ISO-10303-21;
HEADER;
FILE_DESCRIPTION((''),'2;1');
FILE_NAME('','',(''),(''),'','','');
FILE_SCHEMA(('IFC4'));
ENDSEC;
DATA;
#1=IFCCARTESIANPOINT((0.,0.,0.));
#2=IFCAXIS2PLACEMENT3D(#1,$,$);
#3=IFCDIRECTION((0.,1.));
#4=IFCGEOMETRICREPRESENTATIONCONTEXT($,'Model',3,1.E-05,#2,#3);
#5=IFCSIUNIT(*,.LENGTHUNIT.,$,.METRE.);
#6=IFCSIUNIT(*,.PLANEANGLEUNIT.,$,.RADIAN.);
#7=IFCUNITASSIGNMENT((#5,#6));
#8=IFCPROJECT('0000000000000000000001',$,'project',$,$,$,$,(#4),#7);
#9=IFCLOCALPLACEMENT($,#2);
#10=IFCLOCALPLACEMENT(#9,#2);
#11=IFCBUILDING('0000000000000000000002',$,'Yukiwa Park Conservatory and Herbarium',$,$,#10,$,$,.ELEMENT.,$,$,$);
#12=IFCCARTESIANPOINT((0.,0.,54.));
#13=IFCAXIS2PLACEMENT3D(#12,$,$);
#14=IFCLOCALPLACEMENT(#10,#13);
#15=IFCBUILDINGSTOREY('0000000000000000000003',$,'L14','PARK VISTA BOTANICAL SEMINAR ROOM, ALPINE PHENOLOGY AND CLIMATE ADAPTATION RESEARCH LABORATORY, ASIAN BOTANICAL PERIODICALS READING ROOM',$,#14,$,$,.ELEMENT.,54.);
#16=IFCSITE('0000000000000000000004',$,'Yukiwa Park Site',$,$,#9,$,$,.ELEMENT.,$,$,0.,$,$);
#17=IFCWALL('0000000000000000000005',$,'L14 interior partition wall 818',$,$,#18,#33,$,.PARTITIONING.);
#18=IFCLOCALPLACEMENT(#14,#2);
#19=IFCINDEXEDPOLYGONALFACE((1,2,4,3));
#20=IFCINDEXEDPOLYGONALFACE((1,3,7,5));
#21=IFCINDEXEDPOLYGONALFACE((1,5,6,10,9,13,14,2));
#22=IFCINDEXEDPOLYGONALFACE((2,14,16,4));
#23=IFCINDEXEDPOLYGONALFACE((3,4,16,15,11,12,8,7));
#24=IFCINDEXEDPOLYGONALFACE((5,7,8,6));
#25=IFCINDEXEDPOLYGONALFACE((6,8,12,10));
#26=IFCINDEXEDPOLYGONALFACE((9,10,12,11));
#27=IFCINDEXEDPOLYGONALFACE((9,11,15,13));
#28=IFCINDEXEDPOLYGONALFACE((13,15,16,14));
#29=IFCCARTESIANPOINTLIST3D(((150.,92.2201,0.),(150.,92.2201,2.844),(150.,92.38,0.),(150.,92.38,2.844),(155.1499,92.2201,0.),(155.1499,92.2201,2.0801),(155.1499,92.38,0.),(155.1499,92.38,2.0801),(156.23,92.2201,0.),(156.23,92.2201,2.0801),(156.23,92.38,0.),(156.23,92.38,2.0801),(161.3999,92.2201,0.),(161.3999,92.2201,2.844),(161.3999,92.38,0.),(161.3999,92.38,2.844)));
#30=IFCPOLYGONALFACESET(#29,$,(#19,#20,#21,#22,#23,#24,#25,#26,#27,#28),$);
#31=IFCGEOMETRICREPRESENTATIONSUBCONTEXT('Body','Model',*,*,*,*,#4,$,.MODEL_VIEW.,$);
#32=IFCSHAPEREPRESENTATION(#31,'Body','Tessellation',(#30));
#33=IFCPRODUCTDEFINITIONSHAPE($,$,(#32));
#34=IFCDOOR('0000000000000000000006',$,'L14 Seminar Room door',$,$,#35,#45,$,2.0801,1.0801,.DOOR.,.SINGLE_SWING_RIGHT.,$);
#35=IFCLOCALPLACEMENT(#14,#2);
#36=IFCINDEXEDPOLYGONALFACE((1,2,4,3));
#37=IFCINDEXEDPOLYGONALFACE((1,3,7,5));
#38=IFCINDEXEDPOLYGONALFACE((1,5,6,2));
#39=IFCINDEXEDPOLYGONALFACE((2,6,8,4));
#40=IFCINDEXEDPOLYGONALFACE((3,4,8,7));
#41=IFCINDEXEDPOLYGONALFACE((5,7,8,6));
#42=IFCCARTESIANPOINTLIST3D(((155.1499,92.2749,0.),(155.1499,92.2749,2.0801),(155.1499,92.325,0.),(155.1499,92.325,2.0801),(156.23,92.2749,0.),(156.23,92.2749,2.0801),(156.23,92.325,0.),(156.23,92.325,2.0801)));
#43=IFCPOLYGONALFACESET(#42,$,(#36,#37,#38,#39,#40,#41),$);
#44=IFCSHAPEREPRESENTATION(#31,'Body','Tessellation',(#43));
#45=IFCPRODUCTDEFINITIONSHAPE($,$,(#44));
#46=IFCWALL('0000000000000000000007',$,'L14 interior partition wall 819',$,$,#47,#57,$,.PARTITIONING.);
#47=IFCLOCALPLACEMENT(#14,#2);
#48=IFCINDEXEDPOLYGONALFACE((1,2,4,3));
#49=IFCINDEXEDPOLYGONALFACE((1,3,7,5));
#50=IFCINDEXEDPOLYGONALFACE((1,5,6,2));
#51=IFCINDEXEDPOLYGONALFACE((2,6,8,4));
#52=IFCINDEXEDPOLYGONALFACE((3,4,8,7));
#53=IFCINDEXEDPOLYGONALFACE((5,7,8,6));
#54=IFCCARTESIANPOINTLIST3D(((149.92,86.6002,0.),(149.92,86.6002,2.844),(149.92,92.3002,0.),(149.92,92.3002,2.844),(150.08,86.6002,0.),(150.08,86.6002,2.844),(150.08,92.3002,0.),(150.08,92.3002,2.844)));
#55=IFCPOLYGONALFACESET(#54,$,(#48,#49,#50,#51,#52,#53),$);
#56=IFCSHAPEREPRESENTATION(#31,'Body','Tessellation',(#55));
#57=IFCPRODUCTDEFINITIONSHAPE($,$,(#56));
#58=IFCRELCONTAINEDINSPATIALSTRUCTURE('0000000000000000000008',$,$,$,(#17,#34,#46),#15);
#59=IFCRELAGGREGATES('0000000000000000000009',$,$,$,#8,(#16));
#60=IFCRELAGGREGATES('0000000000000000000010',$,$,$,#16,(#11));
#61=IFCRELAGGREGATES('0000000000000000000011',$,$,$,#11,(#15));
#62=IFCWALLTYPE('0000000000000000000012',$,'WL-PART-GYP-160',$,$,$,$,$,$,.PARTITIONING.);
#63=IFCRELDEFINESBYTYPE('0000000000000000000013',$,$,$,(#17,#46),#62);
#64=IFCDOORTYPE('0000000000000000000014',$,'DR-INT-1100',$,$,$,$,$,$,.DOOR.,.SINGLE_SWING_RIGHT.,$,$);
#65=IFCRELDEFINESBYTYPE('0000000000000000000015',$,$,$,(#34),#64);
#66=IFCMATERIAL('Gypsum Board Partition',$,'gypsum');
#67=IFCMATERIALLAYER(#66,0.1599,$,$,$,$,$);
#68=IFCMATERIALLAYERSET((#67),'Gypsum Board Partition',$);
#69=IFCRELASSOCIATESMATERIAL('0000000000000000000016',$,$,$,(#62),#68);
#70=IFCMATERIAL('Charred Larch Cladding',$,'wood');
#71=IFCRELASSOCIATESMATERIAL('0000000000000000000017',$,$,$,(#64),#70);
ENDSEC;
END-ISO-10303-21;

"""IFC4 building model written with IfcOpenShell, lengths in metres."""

from ifc_helpers import new_model, si_unit, direction, frame, frame_2d, origin, place, context, subcontext, project, spatial, rectangle, extrude, material, layer, layer_set, type_object, element, fill, save


model = new_model("IFC4")

# Units and contexts
model_context = context("Model", 3, precision=1e-05, world=origin(), true_north=direction((0.0, 1.0)))
body_context = subcontext(model_context, "Body", "Model", "MODEL_VIEW")
ifc_project = project(units=[si_unit("LENGTHUNIT", "METRE"), si_unit("PLANEANGLEUNIT", "RADIAN")], contexts=[model_context])

# Site, building, storey
site_placement = place(None, origin())
site = spatial("IfcSite", under=ifc_project, at=site_placement, Name="Yukiwa Park Site", CompositionType="ELEMENT", RefElevation=0.0)
building_placement = place(site_placement, origin())
building = spatial("IfcBuilding", under=site, at=building_placement, Name="Yukiwa Park Conservatory and Herbarium", CompositionType="ELEMENT")
storey_placement = place(building_placement, frame((0.0, 0.0, 54.0)))
storey = spatial("IfcBuildingStorey", under=building, at=storey_placement, Name="L14", Description="PARK VISTA BOTANICAL SEMINAR ROOM, ALPINE PHENOLOGY AND CLIMATE ADAPTATION RESEARCH LABORATORY, ASIAN BOTANICAL PERIODICALS READING ROOM", CompositionType="ELEMENT", Elevation=54.0)

# Wall, opening, door
ifc_material_1 = material(Name="Gypsum Board Partition", Category="gypsum")
ifc_layer_1 = layer(ifc_material_1, 0.1599)
ifc_layer_set_1 = layer_set([ifc_layer_1], Name="Gypsum Board Partition")
wall_type = type_object("IfcWallType", Name="WL-PART-GYP-160", PredefinedType="PARTITIONING", material=ifc_layer_set_1)
wall_1_placement = place(storey_placement, frame((150.0, 92.3, 0.0), z_axis=(0.0, 0.0, 1.0), x_axis=(1.0, 0.0, 0.0)))
wall_1 = element("IfcWall", 1, at=wall_1_placement, inside=storey, type_object=wall_type, Name="L14 interior partition wall 818", PredefinedType="PARTITIONING", context=body_context, shape_type="SweptSolid", body=[
    extrude(rectangle(XDim=11.3999, YDim=0.1599, at=frame_2d((5.7, 0.0))), origin(), (0.0, 0.0, 1.0), 2.844),
])
opening_placement = place(wall_1_placement, frame((5.1499, 0.0, 0.0)))
opening = element("IfcOpeningElement", 2, at=opening_placement, cuts=wall_1, PredefinedType="OPENING", context=body_context, shape_type="SweptSolid", body=[
    extrude(rectangle(XDim=1.0801, YDim=2.0801, at=frame_2d((0.54, 1.04))), frame((0.0, 0.0898, 0.0), z_axis=(0.0, -1.0, 0.0), x_axis=(1.0, 0.0, 0.0)), (0.0, 0.0, 1.0), 0.1799),
])
ifc_material_2 = material(Name="Charred Larch Cladding", Category="wood")
door_type = type_object("IfcDoorType", Name="DR-INT-1100", OperationType="SINGLE_SWING_RIGHT", PredefinedType="DOOR", material=ifc_material_2)
door_placement = place(opening_placement, origin())
door = element("IfcDoor", 3, at=door_placement, inside=storey, type_object=door_type, Name="L14 Seminar Room door", OperationType="SINGLE_SWING_RIGHT", OverallHeight=2.0801, OverallWidth=1.0801, PredefinedType="DOOR", context=body_context, shape_type="SweptSolid", body=[
    extrude(rectangle(XDim=1.0801, YDim=2.0801, at=frame_2d((0.54, 1.04))), frame((0.0, 0.0249, 0.0), z_axis=(0.0, -1.0, 0.0), x_axis=(1.0, 0.0, 0.0)), (0.0, 0.0, 1.0), 0.05),
])
fill(opening, door)

# Wall
wall_2_placement = place(storey_placement, frame((150.0, 86.6001, 0.0), z_axis=(0.0, 0.0, 1.0), x_axis=(0.0, 1.0, 0.0)))
element("IfcWall", 4, at=wall_2_placement, inside=storey, type_object=wall_type, Name="L14 interior partition wall 819", PredefinedType="PARTITIONING", context=body_context, shape_type="SweptSolid", body=[
    extrude(rectangle(XDim=5.7, YDim=0.1599, at=frame_2d((2.8501, 0.0))), origin(), (0.0, 0.0, 1.0), 2.844),
])

save(model, "model.ifc")
